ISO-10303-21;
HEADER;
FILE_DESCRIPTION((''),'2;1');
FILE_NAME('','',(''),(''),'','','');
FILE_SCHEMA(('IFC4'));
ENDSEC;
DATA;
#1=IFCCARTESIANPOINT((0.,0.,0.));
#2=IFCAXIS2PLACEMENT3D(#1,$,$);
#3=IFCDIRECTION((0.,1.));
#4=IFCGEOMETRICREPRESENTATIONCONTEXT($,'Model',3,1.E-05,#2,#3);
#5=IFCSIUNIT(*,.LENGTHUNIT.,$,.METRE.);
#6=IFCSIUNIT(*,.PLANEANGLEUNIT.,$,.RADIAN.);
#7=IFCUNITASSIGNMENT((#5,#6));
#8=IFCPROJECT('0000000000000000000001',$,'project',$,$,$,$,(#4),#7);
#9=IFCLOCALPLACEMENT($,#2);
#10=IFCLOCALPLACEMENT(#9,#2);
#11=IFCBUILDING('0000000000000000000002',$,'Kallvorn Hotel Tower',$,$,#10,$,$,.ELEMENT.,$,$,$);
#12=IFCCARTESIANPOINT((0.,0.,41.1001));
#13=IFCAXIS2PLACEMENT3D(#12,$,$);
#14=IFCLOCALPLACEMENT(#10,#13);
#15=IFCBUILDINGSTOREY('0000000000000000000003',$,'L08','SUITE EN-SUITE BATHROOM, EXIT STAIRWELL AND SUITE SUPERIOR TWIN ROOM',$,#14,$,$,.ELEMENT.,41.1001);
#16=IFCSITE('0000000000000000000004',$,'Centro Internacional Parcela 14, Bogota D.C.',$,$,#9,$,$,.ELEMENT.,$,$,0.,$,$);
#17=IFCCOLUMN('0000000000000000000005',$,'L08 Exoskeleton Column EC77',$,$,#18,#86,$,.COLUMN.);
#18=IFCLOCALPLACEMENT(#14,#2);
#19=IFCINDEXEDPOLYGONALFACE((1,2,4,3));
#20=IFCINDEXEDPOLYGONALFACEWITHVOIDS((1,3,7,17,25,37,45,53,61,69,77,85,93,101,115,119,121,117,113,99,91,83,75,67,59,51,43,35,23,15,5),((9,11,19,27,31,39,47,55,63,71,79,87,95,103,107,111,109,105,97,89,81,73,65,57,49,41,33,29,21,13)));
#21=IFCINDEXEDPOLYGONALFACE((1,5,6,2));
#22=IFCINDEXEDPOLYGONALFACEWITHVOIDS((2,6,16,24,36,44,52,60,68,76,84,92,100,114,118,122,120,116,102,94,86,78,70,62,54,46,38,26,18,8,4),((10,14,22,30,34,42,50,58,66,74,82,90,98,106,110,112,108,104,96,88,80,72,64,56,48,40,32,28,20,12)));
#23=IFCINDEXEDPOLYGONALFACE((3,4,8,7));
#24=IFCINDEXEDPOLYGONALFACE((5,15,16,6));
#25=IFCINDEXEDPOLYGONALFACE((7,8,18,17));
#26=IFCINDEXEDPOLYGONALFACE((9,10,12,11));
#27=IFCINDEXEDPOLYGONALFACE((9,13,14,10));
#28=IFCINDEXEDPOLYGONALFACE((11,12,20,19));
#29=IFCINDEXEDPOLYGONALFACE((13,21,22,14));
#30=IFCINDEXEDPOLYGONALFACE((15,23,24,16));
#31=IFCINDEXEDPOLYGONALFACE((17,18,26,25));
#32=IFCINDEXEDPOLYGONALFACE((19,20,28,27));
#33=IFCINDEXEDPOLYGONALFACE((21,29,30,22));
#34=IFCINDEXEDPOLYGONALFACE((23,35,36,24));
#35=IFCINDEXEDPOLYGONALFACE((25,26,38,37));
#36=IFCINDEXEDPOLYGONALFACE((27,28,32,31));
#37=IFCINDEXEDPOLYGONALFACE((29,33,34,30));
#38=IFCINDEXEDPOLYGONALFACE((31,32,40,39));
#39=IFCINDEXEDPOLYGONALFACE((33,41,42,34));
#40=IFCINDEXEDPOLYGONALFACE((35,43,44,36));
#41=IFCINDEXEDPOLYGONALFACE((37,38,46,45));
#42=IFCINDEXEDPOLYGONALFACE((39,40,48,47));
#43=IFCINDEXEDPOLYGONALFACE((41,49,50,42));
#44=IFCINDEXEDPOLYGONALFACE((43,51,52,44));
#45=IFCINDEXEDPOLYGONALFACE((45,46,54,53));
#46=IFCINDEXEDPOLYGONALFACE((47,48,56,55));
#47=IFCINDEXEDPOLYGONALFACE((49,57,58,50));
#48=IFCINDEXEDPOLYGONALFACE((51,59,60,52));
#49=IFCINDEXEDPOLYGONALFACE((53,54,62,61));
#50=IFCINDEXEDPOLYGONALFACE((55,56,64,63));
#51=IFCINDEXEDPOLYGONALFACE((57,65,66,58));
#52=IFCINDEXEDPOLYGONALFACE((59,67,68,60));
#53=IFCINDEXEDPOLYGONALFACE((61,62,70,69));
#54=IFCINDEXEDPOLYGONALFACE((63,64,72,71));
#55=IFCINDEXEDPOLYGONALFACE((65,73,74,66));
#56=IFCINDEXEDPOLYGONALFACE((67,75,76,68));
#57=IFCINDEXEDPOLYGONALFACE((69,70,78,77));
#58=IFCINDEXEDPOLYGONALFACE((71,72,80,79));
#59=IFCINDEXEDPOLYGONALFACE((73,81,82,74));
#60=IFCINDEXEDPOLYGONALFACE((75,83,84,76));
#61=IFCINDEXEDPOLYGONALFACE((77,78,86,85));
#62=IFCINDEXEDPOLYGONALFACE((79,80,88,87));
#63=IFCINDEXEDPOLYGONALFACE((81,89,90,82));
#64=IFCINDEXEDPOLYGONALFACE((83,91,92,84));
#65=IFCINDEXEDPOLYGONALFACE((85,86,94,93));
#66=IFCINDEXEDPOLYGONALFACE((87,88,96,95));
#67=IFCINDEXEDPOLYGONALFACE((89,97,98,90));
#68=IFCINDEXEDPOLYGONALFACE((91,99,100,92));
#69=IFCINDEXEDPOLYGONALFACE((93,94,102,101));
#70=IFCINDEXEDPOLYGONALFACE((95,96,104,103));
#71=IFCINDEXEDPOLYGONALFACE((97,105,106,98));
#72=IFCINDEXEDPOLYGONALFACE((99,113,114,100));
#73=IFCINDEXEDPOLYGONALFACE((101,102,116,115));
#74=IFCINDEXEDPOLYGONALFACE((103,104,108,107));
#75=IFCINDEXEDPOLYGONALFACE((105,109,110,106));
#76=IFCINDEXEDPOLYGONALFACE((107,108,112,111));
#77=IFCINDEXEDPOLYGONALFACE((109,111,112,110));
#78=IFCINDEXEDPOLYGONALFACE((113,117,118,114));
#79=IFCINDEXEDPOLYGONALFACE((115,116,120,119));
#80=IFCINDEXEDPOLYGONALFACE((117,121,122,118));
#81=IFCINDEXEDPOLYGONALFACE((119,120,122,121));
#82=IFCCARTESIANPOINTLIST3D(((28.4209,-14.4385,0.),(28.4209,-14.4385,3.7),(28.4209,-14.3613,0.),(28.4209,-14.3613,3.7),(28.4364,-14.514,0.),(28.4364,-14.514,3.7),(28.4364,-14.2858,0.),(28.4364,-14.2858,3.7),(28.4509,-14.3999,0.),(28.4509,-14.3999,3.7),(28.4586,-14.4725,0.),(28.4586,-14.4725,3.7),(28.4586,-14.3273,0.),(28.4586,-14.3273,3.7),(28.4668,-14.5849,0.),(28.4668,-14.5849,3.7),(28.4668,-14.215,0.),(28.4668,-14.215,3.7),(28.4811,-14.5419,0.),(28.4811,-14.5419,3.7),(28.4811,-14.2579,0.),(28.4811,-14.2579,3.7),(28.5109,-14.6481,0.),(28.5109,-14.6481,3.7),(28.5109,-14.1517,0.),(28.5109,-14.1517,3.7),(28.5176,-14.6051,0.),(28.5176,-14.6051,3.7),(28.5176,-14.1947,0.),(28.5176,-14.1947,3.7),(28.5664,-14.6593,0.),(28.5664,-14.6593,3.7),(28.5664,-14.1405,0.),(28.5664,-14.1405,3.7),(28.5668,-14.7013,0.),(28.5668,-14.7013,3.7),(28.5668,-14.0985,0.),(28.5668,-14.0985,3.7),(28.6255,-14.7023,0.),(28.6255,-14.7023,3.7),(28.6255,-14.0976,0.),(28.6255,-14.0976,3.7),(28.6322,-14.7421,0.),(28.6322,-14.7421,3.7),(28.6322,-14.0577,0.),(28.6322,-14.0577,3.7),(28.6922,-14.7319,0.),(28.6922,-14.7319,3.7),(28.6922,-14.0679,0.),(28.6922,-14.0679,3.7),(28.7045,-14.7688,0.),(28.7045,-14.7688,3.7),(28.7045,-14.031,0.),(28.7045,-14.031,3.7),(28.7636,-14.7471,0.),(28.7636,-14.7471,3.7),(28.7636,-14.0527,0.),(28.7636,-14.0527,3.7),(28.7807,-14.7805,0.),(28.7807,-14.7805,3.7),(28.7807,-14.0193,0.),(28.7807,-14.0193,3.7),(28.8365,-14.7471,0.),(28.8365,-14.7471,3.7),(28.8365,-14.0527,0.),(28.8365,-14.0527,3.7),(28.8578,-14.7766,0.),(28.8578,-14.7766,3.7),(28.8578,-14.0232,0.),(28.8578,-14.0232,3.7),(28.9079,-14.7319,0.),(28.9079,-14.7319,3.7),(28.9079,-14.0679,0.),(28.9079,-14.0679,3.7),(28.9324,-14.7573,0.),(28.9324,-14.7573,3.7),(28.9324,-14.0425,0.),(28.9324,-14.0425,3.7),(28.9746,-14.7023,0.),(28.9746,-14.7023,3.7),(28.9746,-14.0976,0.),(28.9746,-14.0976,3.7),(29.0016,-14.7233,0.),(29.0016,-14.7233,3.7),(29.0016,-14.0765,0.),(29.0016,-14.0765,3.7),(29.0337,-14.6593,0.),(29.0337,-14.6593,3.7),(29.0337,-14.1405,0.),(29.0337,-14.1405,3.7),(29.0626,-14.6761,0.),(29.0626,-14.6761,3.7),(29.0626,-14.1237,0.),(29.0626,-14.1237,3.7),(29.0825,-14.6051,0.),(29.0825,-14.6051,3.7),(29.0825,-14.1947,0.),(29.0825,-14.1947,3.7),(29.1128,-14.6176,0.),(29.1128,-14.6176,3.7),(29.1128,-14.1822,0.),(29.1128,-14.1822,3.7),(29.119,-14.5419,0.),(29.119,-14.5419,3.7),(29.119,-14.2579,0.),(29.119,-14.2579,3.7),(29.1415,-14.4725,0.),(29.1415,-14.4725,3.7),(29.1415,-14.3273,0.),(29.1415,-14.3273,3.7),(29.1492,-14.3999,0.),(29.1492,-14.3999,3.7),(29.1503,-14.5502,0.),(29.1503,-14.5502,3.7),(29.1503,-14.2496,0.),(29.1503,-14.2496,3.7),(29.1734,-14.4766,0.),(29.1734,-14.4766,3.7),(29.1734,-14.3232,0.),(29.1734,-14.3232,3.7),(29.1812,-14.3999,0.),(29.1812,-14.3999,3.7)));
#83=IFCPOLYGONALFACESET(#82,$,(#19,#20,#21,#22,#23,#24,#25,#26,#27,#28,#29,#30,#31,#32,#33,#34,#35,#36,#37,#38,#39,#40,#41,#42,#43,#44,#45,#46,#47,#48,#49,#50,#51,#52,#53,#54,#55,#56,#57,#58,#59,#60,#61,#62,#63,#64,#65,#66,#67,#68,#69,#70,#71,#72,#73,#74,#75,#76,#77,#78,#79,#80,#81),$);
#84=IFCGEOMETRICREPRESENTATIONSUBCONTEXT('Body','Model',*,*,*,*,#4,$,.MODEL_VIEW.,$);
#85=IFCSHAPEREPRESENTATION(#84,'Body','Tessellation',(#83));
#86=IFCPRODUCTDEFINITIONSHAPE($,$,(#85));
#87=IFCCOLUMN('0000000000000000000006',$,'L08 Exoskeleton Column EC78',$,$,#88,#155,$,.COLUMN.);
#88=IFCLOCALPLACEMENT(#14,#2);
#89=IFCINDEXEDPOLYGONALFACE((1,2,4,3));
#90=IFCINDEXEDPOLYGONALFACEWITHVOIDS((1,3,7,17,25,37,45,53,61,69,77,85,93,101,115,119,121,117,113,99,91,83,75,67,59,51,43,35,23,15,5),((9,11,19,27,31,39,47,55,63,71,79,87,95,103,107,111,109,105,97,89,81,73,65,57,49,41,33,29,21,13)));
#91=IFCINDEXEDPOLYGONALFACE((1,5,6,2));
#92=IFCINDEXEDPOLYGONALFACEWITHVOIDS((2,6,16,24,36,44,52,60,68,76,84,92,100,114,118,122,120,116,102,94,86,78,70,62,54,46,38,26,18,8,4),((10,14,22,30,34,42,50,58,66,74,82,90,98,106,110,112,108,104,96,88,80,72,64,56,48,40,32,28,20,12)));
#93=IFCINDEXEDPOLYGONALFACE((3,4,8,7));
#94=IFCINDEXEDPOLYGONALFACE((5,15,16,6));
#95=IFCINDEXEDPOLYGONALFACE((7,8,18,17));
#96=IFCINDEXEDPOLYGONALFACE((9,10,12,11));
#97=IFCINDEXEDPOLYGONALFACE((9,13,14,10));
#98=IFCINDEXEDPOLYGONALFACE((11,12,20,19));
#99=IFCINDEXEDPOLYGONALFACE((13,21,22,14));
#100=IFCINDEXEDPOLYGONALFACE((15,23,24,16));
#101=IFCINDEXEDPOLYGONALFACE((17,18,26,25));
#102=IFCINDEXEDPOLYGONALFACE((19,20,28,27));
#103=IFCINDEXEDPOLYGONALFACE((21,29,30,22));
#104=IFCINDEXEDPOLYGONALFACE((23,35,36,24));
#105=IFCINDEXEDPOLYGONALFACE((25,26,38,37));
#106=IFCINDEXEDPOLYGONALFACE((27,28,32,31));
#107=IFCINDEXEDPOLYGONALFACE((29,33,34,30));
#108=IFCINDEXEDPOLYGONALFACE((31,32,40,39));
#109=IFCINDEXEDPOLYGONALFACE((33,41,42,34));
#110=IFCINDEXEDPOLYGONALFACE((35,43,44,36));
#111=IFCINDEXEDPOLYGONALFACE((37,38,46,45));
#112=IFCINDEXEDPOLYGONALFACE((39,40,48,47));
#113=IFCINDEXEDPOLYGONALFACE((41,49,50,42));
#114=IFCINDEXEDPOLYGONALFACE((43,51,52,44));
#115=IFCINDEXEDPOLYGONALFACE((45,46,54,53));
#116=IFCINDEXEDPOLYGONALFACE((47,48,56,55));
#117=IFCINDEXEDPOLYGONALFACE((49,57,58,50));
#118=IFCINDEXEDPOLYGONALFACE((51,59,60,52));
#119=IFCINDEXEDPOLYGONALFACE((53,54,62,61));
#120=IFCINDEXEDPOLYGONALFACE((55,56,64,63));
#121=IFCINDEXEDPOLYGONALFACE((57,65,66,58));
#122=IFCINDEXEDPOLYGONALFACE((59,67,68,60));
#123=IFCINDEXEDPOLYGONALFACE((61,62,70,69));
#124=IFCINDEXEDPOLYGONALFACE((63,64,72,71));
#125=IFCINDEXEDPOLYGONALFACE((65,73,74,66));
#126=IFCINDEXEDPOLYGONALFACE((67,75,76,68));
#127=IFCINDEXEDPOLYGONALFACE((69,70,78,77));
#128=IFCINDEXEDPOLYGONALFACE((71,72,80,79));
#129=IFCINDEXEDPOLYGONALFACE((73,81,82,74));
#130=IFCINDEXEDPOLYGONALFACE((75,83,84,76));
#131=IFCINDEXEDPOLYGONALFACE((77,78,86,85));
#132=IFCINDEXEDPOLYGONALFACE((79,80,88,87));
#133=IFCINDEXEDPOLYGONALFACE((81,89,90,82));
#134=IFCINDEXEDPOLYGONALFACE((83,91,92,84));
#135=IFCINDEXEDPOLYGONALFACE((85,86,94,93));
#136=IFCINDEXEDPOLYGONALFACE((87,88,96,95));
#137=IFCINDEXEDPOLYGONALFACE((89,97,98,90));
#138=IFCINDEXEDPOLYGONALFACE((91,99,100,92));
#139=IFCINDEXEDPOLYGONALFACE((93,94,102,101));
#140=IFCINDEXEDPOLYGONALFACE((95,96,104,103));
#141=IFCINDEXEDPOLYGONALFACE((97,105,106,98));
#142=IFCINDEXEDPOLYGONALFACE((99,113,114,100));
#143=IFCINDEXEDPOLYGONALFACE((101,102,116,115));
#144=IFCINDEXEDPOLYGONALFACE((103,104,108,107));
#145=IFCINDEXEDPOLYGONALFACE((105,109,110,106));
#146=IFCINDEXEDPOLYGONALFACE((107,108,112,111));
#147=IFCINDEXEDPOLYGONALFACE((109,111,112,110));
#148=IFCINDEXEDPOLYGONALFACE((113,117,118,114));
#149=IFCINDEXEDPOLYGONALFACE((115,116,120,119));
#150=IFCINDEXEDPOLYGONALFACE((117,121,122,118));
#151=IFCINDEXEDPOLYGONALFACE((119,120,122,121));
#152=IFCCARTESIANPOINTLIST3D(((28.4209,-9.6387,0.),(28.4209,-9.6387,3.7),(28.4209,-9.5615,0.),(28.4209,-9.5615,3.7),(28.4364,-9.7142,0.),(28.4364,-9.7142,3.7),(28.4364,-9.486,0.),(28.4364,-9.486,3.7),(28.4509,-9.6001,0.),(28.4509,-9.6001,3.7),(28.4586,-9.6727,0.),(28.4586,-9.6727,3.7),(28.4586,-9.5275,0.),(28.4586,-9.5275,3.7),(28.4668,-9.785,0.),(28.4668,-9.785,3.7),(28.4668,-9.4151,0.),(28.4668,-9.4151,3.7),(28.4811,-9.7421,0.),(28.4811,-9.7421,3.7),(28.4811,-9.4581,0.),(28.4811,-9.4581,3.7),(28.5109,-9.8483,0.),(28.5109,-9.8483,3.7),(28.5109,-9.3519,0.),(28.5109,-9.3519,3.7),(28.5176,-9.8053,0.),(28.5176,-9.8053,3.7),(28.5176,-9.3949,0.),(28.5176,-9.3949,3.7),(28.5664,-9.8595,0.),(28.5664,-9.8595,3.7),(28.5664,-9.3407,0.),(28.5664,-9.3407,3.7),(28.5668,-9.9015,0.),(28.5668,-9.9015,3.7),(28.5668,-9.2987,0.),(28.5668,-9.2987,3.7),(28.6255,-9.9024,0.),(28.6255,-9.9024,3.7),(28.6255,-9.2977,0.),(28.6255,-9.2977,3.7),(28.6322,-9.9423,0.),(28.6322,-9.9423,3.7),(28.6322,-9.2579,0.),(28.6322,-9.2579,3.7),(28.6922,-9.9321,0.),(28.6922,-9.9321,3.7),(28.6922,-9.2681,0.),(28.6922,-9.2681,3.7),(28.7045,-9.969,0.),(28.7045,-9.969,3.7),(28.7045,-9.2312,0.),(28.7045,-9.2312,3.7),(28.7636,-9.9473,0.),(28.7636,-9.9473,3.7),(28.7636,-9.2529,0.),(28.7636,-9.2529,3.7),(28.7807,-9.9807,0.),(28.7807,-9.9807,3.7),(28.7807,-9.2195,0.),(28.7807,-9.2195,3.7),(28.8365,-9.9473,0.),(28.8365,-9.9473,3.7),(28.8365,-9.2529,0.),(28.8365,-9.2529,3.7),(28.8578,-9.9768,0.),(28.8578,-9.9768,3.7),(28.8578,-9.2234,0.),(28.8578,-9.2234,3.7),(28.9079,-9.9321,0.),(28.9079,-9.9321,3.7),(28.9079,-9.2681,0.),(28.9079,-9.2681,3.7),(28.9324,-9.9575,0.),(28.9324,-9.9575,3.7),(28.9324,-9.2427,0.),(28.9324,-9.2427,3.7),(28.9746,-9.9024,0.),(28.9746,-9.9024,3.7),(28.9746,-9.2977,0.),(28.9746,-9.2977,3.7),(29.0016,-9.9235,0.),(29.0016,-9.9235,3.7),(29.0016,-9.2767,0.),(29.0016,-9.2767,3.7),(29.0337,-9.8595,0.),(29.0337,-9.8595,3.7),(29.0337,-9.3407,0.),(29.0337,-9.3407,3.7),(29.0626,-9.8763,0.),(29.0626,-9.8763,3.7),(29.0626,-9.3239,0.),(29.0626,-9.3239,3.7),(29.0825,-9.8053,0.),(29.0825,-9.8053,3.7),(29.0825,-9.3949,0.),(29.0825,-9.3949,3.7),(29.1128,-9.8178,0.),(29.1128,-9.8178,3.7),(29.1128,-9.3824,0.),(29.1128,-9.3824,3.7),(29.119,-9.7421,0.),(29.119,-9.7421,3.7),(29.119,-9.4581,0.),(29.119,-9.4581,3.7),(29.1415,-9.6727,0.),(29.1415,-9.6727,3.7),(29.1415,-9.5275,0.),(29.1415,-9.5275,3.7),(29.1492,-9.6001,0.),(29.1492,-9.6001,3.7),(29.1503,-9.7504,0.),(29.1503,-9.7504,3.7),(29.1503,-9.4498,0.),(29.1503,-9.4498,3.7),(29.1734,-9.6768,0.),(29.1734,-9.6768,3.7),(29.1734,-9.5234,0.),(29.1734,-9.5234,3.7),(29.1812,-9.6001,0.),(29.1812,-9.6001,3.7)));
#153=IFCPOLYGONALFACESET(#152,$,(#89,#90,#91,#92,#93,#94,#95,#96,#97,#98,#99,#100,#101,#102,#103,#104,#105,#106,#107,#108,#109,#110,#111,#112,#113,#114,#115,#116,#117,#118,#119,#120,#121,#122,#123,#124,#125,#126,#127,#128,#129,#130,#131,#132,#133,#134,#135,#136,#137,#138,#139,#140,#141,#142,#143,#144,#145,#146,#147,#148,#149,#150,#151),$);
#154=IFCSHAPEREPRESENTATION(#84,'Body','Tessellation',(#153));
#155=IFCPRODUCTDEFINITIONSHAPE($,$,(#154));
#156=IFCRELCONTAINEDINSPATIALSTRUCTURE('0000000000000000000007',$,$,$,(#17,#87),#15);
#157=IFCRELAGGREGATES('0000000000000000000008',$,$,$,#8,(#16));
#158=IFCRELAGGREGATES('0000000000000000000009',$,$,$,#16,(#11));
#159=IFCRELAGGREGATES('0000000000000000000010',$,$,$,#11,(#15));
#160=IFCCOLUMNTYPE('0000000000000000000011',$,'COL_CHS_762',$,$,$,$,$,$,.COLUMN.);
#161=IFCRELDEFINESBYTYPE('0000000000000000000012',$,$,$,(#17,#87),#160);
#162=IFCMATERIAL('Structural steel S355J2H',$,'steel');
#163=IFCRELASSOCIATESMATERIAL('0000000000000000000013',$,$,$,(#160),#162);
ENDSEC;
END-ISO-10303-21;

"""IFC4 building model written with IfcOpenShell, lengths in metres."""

from ifc_helpers import new_model, si_unit, direction, frame, origin, origin_2d, place, context, subcontext, project, spatial, hollow_circle, extrude, material, material_profile, profile_set, type_object, element, save


model = new_model("IFC4")

# Units and contexts
model_context = context("Model", 3, precision=1e-05, world=origin(), true_north=direction((0.0, 1.0)))
body_context = subcontext(model_context, "Body", "Model", "MODEL_VIEW")
ifc_project = project(units=[si_unit("LENGTHUNIT", "METRE"), si_unit("PLANEANGLEUNIT", "RADIAN")], contexts=[model_context])

# Site, building, storey
site_placement = place(None, origin())
site = spatial("IfcSite", under=ifc_project, at=site_placement, Name="Centro Internacional Parcela 14, Bogota D.C.", CompositionType="ELEMENT", RefElevation=0.0)
building_placement = place(site_placement, origin())
building = spatial("IfcBuilding", under=site, at=building_placement, Name="Kallvorn Hotel Tower", CompositionType="ELEMENT")
storey_placement = place(building_placement, frame((0.0, 0.0, 41.1001)))
storey = spatial("IfcBuildingStorey", under=building, at=storey_placement, Name="L08", Description="SUITE EN-SUITE BATHROOM, EXIT STAIRWELL AND SUITE SUPERIOR TWIN ROOM", CompositionType="ELEMENT", Elevation=41.1001)

# Columns
ifc_material_1 = material(Name="Structural steel S355J2H", Category="steel")
ifc_material_profile_1 = material_profile(ifc_material_1, hollow_circle(Radius=0.3811, WallThickness=0.032, at=origin_2d()), Name="CHS 762x32")
ifc_profile_set_1 = profile_set([ifc_material_profile_1], Name="Structural steel S355J2H")
column_type_1 = type_object("IfcColumnType", Name="COL_CHS_762", PredefinedType="COLUMN", material=ifc_profile_set_1)
for number, where, z_axis, x_axis, name in (
    (1, (28.8, -14.3999, 0.0), (0.0, 0.0, 1.0), (1.0, 0.0, 0.0), "L08 Exoskeleton Column EC77"),
    (2, (28.8, -9.6001, 0.0), (0.0, 0.0, 1.0), (1.0, 0.0, 0.0), "L08 Exoskeleton Column EC78"),
):
    element("IfcColumn", number, at=place(storey_placement, frame(where, z_axis=z_axis, x_axis=x_axis)), inside=storey, type_object=column_type_1, Name=name, PredefinedType="COLUMN", context=body_context, shape_type="SweptSolid", body=[
        extrude(hollow_circle(Radius=0.3811, WallThickness=0.032, at=origin_2d()), origin(), (0.0, 0.0, 1.0), 3.7),
    ])

save(model, "model.ifc")
